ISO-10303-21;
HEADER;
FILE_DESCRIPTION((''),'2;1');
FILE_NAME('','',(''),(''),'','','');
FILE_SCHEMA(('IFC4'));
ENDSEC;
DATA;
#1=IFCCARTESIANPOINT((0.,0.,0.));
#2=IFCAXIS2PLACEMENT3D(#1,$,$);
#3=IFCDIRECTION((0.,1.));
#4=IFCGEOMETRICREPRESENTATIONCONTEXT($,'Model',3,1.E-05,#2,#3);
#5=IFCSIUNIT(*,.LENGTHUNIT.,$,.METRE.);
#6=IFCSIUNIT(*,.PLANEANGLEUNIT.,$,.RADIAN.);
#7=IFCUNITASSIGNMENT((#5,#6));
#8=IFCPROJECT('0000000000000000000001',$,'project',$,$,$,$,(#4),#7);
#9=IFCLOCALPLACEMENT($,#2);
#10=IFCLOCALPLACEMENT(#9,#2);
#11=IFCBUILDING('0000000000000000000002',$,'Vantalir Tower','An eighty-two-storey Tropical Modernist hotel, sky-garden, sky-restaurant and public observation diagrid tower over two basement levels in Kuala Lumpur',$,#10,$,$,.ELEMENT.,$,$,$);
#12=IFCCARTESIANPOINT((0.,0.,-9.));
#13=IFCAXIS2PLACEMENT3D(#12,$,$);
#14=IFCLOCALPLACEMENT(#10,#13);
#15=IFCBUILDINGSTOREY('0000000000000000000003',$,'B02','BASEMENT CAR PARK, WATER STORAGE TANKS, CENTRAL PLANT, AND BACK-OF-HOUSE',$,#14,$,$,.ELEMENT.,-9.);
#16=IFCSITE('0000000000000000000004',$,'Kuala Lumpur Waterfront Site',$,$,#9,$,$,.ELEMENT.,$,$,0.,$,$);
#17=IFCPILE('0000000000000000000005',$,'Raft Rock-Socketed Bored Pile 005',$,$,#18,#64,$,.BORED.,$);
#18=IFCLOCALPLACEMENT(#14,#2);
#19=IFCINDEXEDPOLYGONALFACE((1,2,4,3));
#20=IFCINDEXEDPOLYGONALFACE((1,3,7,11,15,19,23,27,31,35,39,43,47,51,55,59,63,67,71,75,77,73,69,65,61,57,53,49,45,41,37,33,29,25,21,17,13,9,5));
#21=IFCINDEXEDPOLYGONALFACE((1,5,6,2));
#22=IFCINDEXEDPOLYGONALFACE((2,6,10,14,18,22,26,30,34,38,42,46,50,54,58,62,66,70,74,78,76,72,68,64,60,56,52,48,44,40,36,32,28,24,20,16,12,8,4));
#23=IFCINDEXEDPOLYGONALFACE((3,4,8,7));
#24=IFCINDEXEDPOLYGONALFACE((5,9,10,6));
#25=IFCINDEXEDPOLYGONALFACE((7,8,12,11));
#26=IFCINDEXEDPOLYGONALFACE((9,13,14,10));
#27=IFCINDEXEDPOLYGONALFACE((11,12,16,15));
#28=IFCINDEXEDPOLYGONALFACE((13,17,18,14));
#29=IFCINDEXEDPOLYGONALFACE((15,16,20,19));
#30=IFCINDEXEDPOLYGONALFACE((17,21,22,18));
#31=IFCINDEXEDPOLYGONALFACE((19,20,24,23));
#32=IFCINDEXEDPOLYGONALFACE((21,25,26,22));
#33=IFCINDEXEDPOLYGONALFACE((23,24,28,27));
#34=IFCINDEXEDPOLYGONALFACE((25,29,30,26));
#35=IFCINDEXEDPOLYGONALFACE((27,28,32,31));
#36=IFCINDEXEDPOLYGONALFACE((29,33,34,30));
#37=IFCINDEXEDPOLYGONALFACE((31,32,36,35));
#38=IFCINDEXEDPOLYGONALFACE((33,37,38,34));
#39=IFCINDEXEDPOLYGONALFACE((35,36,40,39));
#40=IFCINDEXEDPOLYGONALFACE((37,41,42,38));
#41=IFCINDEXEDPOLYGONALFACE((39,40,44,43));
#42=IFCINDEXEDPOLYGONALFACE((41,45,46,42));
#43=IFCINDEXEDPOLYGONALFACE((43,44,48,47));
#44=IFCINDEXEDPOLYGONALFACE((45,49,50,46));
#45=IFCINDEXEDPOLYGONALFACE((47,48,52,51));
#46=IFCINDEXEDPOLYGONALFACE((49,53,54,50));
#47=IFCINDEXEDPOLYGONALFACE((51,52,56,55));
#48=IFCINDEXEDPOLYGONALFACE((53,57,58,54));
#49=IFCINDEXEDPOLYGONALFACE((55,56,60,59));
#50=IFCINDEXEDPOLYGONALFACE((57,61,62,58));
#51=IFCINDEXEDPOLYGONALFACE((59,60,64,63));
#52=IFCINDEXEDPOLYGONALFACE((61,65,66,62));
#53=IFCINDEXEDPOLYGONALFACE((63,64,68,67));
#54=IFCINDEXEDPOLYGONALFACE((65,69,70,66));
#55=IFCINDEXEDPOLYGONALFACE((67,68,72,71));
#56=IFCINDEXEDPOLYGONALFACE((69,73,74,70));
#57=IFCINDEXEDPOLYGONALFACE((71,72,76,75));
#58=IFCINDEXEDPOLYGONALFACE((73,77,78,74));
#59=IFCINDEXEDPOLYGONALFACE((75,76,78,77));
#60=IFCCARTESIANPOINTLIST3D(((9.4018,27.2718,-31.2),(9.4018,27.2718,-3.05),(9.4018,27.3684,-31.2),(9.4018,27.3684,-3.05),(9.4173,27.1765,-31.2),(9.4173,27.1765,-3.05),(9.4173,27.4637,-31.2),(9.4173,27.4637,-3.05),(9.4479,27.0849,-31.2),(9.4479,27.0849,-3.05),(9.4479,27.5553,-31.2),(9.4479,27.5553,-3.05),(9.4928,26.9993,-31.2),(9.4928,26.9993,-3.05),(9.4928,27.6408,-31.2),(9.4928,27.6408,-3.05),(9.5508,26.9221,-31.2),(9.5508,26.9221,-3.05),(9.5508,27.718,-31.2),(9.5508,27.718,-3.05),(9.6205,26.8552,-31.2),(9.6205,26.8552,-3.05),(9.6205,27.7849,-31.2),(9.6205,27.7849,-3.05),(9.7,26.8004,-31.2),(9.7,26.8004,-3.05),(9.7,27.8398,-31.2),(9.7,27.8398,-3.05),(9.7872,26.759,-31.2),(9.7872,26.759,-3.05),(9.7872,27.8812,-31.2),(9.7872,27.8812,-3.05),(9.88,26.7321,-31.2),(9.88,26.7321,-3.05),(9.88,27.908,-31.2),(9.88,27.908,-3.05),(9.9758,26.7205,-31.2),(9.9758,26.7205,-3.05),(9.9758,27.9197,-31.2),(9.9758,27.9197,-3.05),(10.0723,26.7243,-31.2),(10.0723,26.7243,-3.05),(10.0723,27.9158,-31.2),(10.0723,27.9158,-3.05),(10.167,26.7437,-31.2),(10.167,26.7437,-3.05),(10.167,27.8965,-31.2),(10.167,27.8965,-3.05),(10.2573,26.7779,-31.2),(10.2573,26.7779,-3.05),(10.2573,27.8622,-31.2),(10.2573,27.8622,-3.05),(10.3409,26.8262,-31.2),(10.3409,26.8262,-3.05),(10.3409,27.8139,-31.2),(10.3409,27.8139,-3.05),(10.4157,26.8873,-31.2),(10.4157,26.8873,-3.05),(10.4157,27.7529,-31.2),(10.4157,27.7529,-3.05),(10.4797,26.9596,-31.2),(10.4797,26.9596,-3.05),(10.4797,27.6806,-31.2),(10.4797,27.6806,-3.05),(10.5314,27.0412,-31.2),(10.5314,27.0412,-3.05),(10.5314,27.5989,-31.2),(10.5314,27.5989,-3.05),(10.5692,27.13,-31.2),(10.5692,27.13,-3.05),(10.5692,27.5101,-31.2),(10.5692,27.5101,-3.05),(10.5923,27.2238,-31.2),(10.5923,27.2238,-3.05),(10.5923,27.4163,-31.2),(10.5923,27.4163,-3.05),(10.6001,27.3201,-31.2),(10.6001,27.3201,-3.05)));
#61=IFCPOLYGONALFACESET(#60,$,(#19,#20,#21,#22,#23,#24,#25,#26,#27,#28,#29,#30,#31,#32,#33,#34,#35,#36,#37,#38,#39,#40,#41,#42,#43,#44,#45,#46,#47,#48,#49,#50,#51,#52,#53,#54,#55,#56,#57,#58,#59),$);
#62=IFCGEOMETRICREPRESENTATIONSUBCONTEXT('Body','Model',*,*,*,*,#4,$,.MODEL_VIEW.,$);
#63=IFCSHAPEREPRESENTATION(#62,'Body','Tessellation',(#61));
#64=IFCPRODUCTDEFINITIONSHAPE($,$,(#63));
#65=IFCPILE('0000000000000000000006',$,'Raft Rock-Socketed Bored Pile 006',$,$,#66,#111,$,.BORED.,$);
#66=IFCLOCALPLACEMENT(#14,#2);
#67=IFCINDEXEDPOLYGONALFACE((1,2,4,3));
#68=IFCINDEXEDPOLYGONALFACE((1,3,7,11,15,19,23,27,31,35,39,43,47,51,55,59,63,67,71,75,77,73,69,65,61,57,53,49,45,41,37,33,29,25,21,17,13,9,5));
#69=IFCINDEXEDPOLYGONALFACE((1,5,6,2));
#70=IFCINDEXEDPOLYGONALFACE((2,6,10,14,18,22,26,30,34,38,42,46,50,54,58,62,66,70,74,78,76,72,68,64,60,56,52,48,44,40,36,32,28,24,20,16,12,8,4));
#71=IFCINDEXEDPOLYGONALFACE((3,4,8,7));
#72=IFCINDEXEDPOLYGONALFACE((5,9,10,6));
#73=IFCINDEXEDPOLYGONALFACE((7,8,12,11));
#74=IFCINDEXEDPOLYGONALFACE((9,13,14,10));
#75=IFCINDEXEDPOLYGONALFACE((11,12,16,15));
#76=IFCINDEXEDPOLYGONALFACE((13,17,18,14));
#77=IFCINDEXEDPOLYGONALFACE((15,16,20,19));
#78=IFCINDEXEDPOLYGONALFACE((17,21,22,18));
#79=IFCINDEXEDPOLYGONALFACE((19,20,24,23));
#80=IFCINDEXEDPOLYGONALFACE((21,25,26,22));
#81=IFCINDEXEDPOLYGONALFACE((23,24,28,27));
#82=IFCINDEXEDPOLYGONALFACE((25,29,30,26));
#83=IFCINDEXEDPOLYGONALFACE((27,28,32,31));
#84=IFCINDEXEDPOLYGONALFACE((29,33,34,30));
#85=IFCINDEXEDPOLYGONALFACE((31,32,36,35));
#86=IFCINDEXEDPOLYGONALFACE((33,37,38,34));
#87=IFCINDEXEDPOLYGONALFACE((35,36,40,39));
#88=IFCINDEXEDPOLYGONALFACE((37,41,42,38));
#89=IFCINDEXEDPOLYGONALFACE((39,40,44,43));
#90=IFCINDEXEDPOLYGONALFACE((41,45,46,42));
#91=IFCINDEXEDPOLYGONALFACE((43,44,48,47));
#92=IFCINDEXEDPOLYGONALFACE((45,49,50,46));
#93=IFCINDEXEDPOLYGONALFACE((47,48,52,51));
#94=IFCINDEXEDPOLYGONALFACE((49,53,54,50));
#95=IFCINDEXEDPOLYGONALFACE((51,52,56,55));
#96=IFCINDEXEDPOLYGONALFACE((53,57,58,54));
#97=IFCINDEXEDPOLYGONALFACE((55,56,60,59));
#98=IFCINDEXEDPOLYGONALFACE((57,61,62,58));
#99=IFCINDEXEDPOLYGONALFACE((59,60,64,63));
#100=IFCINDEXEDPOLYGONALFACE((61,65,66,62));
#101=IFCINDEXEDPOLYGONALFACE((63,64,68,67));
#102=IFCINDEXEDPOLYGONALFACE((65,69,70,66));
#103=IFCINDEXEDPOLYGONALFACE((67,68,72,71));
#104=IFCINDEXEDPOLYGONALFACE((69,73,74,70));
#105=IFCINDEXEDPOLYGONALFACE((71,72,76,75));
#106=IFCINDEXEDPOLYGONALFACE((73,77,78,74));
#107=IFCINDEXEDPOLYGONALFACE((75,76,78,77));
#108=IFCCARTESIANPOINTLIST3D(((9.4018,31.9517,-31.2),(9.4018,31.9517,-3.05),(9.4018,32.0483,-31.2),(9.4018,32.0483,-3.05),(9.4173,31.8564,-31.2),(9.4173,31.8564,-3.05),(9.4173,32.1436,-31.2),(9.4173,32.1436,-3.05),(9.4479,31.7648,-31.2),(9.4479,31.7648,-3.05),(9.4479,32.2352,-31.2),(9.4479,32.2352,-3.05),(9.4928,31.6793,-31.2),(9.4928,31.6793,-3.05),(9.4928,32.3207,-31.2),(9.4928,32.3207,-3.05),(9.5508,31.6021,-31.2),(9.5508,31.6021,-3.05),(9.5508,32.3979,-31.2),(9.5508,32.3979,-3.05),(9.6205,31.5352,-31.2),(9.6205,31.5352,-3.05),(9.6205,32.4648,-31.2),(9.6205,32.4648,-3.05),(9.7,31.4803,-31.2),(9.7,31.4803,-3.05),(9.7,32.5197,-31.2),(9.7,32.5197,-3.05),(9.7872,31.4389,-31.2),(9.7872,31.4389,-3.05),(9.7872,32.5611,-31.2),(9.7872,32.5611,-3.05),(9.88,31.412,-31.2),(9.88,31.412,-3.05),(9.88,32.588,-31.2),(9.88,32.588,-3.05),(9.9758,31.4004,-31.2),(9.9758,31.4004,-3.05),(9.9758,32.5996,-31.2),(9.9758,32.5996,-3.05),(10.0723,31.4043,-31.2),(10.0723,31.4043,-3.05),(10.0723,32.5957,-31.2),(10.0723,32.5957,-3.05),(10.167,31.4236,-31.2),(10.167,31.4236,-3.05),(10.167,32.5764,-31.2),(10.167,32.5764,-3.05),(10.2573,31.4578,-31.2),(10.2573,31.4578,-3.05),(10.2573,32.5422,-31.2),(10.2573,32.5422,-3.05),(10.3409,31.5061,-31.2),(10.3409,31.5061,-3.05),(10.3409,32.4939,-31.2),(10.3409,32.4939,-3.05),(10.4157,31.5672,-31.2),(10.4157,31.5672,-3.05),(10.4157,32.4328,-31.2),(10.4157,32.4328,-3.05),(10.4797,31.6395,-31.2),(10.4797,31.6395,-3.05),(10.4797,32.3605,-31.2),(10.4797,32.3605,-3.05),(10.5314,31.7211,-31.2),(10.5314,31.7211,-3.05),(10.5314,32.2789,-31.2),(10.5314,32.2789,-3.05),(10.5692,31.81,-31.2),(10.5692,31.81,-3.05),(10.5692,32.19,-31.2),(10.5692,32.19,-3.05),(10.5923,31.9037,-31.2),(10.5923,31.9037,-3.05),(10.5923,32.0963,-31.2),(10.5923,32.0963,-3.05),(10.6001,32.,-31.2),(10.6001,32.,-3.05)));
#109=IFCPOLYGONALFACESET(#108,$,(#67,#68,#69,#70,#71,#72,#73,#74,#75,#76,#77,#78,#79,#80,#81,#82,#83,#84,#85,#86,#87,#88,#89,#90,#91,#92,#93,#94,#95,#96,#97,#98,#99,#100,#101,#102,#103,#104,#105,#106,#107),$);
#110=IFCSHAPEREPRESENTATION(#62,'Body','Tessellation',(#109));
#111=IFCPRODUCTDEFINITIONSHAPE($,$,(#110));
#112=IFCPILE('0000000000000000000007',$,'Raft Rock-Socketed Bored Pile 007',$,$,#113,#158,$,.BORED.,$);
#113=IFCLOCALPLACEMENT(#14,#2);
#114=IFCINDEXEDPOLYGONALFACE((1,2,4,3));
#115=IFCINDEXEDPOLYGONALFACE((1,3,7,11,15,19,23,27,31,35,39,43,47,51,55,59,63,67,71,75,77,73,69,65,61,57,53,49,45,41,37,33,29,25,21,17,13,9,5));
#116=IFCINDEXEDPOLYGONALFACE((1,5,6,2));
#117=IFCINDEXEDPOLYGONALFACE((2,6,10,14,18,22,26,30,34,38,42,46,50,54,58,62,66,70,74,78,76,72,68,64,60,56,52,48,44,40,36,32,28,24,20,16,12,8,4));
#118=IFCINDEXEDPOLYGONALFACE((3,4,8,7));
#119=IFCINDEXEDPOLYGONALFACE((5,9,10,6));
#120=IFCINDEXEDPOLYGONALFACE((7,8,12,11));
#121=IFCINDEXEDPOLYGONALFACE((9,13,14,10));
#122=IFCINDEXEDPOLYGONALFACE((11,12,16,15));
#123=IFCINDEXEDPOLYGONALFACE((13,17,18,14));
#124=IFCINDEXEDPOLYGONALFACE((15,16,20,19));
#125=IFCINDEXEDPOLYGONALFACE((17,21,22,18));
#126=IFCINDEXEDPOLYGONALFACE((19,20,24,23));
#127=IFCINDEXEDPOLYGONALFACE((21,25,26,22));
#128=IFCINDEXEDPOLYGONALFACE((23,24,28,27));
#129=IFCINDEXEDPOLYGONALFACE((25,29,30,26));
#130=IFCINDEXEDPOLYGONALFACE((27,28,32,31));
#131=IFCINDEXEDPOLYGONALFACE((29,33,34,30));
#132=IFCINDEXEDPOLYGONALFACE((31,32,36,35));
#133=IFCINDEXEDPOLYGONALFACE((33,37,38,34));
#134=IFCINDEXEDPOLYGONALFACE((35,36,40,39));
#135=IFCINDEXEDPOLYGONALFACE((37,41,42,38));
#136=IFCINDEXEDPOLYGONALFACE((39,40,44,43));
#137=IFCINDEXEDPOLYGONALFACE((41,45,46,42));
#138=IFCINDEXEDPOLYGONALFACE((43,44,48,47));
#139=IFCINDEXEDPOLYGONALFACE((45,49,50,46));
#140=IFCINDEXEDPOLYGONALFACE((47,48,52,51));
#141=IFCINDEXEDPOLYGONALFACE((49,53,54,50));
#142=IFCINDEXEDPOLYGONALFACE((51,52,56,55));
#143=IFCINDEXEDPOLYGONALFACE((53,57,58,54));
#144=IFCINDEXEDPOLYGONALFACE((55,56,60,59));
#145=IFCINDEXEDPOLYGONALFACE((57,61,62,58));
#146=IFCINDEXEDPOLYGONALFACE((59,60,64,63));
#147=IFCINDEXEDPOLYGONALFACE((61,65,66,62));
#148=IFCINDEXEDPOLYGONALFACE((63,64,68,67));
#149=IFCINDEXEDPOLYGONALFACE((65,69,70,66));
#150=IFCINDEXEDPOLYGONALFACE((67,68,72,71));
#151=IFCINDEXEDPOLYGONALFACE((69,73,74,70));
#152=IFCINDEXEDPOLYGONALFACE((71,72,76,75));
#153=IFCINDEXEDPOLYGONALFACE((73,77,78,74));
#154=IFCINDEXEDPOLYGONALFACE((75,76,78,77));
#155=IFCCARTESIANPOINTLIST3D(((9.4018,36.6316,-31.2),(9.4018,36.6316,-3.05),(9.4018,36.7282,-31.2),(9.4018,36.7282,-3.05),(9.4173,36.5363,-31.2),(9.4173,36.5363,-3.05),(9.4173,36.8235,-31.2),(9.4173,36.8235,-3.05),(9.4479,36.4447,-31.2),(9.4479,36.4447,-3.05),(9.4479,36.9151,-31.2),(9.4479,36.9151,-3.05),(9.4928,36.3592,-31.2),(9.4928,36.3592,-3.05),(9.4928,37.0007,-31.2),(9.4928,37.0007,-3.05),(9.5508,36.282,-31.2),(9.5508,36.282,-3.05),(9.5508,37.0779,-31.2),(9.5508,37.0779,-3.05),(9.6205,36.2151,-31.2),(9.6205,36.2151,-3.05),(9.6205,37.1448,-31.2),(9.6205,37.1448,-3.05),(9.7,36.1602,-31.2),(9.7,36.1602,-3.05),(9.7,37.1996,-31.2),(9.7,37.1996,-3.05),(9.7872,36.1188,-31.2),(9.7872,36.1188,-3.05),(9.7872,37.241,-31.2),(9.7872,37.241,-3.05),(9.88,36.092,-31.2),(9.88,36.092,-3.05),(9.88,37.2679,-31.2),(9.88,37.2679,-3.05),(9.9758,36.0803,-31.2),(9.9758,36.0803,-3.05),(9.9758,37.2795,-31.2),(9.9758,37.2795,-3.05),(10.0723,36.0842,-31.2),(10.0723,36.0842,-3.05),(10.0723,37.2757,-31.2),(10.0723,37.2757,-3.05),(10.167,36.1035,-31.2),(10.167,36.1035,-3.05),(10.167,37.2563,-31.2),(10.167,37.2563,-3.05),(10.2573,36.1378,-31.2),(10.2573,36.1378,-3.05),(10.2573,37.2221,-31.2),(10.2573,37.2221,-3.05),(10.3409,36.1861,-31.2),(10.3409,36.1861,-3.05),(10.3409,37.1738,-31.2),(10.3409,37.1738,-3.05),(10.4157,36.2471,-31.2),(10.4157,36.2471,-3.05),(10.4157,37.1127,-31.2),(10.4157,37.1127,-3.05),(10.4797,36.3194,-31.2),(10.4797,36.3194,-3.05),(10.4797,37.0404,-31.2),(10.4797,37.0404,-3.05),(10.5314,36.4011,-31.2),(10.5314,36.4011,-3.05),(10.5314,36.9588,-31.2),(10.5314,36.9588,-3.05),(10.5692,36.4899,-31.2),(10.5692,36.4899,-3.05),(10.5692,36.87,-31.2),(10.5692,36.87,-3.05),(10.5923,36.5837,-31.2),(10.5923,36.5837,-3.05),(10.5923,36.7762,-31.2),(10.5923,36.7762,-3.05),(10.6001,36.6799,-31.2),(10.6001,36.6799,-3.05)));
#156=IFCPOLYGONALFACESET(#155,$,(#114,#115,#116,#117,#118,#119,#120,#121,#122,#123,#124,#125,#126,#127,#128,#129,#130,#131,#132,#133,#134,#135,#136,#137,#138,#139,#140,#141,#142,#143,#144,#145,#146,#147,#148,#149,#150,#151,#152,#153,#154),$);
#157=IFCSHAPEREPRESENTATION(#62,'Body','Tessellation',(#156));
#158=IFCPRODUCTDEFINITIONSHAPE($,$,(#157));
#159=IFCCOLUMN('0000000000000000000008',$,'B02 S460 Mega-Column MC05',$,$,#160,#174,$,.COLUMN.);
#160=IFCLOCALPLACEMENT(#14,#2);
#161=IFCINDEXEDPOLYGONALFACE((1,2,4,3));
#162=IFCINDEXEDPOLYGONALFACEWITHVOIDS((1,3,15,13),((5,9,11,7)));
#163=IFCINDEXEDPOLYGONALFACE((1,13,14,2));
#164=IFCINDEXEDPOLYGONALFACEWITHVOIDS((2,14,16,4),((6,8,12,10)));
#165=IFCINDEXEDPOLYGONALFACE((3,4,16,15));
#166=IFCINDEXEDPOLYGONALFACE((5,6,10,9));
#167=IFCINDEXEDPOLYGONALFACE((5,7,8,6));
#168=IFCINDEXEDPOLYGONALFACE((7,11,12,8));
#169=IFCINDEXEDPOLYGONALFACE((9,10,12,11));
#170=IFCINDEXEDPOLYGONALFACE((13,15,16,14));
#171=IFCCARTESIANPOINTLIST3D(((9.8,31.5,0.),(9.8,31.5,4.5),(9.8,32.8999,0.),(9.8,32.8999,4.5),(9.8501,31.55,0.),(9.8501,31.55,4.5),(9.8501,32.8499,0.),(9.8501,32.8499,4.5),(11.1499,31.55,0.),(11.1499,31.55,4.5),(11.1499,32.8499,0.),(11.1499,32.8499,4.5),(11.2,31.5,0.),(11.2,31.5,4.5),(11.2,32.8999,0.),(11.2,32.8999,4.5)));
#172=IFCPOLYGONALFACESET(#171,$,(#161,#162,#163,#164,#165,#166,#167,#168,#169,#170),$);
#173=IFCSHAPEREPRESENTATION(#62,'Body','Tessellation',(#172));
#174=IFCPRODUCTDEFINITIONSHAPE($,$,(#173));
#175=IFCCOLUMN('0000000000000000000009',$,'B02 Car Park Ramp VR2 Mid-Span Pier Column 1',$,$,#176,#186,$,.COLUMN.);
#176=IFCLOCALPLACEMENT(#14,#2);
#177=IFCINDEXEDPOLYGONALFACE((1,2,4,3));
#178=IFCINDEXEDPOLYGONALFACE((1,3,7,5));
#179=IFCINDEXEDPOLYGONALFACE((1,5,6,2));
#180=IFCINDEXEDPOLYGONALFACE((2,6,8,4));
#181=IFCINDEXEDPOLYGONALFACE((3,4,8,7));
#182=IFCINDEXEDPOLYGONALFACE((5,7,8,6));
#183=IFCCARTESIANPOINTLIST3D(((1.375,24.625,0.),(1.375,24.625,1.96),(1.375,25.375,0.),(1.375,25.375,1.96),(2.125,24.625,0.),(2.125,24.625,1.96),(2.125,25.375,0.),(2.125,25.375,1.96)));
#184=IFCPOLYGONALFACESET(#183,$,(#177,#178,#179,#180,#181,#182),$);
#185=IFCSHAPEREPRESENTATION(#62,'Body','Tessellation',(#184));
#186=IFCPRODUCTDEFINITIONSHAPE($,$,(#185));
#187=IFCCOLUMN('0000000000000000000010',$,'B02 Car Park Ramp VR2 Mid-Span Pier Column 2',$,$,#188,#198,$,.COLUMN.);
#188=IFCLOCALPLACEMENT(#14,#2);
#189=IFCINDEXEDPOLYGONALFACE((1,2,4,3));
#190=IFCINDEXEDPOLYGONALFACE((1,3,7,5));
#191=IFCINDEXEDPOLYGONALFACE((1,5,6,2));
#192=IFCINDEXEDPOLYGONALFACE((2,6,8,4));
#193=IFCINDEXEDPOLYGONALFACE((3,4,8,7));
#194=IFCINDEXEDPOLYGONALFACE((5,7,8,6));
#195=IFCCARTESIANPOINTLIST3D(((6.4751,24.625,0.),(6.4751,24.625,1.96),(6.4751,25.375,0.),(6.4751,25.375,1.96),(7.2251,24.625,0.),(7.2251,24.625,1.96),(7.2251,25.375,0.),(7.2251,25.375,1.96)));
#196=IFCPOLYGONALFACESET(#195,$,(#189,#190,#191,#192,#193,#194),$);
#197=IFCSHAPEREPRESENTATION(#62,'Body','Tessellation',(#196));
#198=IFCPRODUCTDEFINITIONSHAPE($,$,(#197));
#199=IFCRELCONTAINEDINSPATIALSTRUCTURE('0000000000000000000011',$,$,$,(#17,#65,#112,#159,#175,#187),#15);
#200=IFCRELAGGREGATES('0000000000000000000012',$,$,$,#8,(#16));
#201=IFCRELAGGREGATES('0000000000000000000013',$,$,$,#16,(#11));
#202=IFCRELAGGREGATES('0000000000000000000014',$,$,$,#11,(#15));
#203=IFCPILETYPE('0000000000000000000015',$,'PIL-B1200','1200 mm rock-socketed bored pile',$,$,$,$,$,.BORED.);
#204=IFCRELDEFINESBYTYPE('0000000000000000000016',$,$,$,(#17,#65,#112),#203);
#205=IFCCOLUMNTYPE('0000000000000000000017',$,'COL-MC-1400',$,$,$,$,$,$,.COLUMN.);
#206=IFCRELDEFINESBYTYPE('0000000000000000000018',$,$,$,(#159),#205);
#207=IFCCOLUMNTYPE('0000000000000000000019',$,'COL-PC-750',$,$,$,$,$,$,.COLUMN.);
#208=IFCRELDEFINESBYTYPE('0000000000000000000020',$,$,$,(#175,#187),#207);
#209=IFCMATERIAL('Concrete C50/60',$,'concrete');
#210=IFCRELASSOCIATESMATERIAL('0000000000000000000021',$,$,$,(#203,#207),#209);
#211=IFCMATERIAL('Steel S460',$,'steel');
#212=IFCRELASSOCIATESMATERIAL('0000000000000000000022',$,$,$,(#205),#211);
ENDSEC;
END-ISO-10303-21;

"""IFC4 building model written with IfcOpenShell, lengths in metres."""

from ifc_helpers import new_model, si_unit, direction, frame, origin, origin_2d, place, context, subcontext, project, spatial, rectangle, hollow_rectangle, circle, extrude, material, material_profile, profile_set, type_object, element, save


model = new_model("IFC4")

# Units and contexts
model_context = context("Model", 3, precision=1e-05, world=origin(), true_north=direction((0.0, 1.0)))
body_context = subcontext(model_context, "Body", "Model", "MODEL_VIEW")
ifc_project = project(units=[si_unit("LENGTHUNIT", "METRE"), si_unit("PLANEANGLEUNIT", "RADIAN")], contexts=[model_context])

# Site, building, storey
site_placement = place(None, origin())
site = spatial("IfcSite", under=ifc_project, at=site_placement, Name="Kuala Lumpur Waterfront Site", CompositionType="ELEMENT", RefElevation=0.0)
building_placement = place(site_placement, origin())
building = spatial("IfcBuilding", under=site, at=building_placement, Name="Vantalir Tower", Description="An eighty-two-storey Tropical Modernist hotel, sky-garden, sky-restaurant and public observation diagrid tower over two basement levels in Kuala Lumpur", CompositionType="ELEMENT")
storey_placement = place(building_placement, frame((0.0, 0.0, -9.0)))
storey = spatial("IfcBuildingStorey", under=building, at=storey_placement, Name="B02", Description="BASEMENT CAR PARK, WATER STORAGE TANKS, CENTRAL PLANT, AND BACK-OF-HOUSE", CompositionType="ELEMENT", Elevation=-9.0)

# Shared definitions
ifc_material_1 = material(Name="Concrete C50/60", Category="concrete")

# Piles
ifc_material_profile_1 = material_profile(ifc_material_1, circle(Radius=0.6001, at=origin_2d()), Name="Concrete C50/60")
ifc_profile_set_1 = profile_set([ifc_material_profile_1], Name="Concrete C50/60")
pile_type_1 = type_object("IfcPileType", Name="PIL-B1200", Description="1200 mm rock-socketed bored pile", PredefinedType="BORED", material=ifc_profile_set_1)
for number, where, z_axis, x_axis, name in (
    (1, (10.0, 27.3201, -3.05), (0.0, 0.0, -1.0), (1.0, 0.0, 0.0), "Raft Rock-Socketed Bored Pile 005"),
    (2, (10.0, 32.0, -3.05), (0.0, 0.0, -1.0), (1.0, 0.0, 0.0), "Raft Rock-Socketed Bored Pile 006"),
    (3, (10.0, 36.6799, -3.05), (0.0, 0.0, -1.0), (1.0, 0.0, 0.0), "Raft Rock-Socketed Bored Pile 007"),
):
    element("IfcPile", number, at=place(storey_placement, frame(where, z_axis=z_axis, x_axis=x_axis)), inside=storey, type_object=pile_type_1, Name=name, PredefinedType="BORED", context=body_context, shape_type="SweptSolid", body=[
        extrude(circle(Radius=0.6001, at=origin_2d()), origin(), (0.0, 0.0, 1.0), 28.1499),
    ])

# Columns
ifc_material_2 = material(Name="Steel S460", Category="steel")
ifc_material_profile_2 = material_profile(ifc_material_2, hollow_rectangle(XDim=1.3999, YDim=1.3999, WallThickness=0.05, at=origin_2d()), Name="Steel S460")
ifc_profile_set_2 = profile_set([ifc_material_profile_2], Name="Steel S460")
column_type_1 = type_object("IfcColumnType", Name="COL-MC-1400", PredefinedType="COLUMN", material=ifc_profile_set_2)
column_placement = place(storey_placement, frame((10.5, 32.2, 0.0), z_axis=(0.0, 0.0, 1.0), x_axis=(1.0, 0.0, 0.0)))
element("IfcColumn", 4, at=column_placement, inside=storey, type_object=column_type_1, Name="B02 S460 Mega-Column MC05", PredefinedType="COLUMN", context=body_context, shape_type="SweptSolid", body=[
    extrude(hollow_rectangle(XDim=1.3999, YDim=1.3999, WallThickness=0.05, at=origin_2d()), origin(), (0.0, 0.0, 1.0), 4.5),
])
ifc_material_profile_3 = material_profile(ifc_material_1, rectangle(XDim=0.75, YDim=0.75, at=origin_2d()), Name="Concrete C50/60")
ifc_profile_set_3 = profile_set([ifc_material_profile_3], Name="Concrete C50/60")
column_type_2 = type_object("IfcColumnType", Name="COL-PC-750", PredefinedType="COLUMN", material=ifc_profile_set_3)
for number, where, z_axis, x_axis, name in (
    (5, (1.75, 25.0, 0.0), (0.0, 0.0, 1.0), (1.0, 0.0, 0.0), "B02 Car Park Ramp VR2 Mid-Span Pier Column 1"),
    (6, (6.8501, 25.0, 0.0), (0.0, 0.0, 1.0), (1.0, 0.0, 0.0), "B02 Car Park Ramp VR2 Mid-Span Pier Column 2"),
):
    element("IfcColumn", number, at=place(storey_placement, frame(where, z_axis=z_axis, x_axis=x_axis)), inside=storey, type_object=column_type_2, Name=name, PredefinedType="COLUMN", context=body_context, shape_type="SweptSolid", body=[
        extrude(rectangle(XDim=0.75, YDim=0.75, at=origin_2d()), origin(), (0.0, 0.0, 1.0), 1.96),
    ])

save(model, "model.ifc")
